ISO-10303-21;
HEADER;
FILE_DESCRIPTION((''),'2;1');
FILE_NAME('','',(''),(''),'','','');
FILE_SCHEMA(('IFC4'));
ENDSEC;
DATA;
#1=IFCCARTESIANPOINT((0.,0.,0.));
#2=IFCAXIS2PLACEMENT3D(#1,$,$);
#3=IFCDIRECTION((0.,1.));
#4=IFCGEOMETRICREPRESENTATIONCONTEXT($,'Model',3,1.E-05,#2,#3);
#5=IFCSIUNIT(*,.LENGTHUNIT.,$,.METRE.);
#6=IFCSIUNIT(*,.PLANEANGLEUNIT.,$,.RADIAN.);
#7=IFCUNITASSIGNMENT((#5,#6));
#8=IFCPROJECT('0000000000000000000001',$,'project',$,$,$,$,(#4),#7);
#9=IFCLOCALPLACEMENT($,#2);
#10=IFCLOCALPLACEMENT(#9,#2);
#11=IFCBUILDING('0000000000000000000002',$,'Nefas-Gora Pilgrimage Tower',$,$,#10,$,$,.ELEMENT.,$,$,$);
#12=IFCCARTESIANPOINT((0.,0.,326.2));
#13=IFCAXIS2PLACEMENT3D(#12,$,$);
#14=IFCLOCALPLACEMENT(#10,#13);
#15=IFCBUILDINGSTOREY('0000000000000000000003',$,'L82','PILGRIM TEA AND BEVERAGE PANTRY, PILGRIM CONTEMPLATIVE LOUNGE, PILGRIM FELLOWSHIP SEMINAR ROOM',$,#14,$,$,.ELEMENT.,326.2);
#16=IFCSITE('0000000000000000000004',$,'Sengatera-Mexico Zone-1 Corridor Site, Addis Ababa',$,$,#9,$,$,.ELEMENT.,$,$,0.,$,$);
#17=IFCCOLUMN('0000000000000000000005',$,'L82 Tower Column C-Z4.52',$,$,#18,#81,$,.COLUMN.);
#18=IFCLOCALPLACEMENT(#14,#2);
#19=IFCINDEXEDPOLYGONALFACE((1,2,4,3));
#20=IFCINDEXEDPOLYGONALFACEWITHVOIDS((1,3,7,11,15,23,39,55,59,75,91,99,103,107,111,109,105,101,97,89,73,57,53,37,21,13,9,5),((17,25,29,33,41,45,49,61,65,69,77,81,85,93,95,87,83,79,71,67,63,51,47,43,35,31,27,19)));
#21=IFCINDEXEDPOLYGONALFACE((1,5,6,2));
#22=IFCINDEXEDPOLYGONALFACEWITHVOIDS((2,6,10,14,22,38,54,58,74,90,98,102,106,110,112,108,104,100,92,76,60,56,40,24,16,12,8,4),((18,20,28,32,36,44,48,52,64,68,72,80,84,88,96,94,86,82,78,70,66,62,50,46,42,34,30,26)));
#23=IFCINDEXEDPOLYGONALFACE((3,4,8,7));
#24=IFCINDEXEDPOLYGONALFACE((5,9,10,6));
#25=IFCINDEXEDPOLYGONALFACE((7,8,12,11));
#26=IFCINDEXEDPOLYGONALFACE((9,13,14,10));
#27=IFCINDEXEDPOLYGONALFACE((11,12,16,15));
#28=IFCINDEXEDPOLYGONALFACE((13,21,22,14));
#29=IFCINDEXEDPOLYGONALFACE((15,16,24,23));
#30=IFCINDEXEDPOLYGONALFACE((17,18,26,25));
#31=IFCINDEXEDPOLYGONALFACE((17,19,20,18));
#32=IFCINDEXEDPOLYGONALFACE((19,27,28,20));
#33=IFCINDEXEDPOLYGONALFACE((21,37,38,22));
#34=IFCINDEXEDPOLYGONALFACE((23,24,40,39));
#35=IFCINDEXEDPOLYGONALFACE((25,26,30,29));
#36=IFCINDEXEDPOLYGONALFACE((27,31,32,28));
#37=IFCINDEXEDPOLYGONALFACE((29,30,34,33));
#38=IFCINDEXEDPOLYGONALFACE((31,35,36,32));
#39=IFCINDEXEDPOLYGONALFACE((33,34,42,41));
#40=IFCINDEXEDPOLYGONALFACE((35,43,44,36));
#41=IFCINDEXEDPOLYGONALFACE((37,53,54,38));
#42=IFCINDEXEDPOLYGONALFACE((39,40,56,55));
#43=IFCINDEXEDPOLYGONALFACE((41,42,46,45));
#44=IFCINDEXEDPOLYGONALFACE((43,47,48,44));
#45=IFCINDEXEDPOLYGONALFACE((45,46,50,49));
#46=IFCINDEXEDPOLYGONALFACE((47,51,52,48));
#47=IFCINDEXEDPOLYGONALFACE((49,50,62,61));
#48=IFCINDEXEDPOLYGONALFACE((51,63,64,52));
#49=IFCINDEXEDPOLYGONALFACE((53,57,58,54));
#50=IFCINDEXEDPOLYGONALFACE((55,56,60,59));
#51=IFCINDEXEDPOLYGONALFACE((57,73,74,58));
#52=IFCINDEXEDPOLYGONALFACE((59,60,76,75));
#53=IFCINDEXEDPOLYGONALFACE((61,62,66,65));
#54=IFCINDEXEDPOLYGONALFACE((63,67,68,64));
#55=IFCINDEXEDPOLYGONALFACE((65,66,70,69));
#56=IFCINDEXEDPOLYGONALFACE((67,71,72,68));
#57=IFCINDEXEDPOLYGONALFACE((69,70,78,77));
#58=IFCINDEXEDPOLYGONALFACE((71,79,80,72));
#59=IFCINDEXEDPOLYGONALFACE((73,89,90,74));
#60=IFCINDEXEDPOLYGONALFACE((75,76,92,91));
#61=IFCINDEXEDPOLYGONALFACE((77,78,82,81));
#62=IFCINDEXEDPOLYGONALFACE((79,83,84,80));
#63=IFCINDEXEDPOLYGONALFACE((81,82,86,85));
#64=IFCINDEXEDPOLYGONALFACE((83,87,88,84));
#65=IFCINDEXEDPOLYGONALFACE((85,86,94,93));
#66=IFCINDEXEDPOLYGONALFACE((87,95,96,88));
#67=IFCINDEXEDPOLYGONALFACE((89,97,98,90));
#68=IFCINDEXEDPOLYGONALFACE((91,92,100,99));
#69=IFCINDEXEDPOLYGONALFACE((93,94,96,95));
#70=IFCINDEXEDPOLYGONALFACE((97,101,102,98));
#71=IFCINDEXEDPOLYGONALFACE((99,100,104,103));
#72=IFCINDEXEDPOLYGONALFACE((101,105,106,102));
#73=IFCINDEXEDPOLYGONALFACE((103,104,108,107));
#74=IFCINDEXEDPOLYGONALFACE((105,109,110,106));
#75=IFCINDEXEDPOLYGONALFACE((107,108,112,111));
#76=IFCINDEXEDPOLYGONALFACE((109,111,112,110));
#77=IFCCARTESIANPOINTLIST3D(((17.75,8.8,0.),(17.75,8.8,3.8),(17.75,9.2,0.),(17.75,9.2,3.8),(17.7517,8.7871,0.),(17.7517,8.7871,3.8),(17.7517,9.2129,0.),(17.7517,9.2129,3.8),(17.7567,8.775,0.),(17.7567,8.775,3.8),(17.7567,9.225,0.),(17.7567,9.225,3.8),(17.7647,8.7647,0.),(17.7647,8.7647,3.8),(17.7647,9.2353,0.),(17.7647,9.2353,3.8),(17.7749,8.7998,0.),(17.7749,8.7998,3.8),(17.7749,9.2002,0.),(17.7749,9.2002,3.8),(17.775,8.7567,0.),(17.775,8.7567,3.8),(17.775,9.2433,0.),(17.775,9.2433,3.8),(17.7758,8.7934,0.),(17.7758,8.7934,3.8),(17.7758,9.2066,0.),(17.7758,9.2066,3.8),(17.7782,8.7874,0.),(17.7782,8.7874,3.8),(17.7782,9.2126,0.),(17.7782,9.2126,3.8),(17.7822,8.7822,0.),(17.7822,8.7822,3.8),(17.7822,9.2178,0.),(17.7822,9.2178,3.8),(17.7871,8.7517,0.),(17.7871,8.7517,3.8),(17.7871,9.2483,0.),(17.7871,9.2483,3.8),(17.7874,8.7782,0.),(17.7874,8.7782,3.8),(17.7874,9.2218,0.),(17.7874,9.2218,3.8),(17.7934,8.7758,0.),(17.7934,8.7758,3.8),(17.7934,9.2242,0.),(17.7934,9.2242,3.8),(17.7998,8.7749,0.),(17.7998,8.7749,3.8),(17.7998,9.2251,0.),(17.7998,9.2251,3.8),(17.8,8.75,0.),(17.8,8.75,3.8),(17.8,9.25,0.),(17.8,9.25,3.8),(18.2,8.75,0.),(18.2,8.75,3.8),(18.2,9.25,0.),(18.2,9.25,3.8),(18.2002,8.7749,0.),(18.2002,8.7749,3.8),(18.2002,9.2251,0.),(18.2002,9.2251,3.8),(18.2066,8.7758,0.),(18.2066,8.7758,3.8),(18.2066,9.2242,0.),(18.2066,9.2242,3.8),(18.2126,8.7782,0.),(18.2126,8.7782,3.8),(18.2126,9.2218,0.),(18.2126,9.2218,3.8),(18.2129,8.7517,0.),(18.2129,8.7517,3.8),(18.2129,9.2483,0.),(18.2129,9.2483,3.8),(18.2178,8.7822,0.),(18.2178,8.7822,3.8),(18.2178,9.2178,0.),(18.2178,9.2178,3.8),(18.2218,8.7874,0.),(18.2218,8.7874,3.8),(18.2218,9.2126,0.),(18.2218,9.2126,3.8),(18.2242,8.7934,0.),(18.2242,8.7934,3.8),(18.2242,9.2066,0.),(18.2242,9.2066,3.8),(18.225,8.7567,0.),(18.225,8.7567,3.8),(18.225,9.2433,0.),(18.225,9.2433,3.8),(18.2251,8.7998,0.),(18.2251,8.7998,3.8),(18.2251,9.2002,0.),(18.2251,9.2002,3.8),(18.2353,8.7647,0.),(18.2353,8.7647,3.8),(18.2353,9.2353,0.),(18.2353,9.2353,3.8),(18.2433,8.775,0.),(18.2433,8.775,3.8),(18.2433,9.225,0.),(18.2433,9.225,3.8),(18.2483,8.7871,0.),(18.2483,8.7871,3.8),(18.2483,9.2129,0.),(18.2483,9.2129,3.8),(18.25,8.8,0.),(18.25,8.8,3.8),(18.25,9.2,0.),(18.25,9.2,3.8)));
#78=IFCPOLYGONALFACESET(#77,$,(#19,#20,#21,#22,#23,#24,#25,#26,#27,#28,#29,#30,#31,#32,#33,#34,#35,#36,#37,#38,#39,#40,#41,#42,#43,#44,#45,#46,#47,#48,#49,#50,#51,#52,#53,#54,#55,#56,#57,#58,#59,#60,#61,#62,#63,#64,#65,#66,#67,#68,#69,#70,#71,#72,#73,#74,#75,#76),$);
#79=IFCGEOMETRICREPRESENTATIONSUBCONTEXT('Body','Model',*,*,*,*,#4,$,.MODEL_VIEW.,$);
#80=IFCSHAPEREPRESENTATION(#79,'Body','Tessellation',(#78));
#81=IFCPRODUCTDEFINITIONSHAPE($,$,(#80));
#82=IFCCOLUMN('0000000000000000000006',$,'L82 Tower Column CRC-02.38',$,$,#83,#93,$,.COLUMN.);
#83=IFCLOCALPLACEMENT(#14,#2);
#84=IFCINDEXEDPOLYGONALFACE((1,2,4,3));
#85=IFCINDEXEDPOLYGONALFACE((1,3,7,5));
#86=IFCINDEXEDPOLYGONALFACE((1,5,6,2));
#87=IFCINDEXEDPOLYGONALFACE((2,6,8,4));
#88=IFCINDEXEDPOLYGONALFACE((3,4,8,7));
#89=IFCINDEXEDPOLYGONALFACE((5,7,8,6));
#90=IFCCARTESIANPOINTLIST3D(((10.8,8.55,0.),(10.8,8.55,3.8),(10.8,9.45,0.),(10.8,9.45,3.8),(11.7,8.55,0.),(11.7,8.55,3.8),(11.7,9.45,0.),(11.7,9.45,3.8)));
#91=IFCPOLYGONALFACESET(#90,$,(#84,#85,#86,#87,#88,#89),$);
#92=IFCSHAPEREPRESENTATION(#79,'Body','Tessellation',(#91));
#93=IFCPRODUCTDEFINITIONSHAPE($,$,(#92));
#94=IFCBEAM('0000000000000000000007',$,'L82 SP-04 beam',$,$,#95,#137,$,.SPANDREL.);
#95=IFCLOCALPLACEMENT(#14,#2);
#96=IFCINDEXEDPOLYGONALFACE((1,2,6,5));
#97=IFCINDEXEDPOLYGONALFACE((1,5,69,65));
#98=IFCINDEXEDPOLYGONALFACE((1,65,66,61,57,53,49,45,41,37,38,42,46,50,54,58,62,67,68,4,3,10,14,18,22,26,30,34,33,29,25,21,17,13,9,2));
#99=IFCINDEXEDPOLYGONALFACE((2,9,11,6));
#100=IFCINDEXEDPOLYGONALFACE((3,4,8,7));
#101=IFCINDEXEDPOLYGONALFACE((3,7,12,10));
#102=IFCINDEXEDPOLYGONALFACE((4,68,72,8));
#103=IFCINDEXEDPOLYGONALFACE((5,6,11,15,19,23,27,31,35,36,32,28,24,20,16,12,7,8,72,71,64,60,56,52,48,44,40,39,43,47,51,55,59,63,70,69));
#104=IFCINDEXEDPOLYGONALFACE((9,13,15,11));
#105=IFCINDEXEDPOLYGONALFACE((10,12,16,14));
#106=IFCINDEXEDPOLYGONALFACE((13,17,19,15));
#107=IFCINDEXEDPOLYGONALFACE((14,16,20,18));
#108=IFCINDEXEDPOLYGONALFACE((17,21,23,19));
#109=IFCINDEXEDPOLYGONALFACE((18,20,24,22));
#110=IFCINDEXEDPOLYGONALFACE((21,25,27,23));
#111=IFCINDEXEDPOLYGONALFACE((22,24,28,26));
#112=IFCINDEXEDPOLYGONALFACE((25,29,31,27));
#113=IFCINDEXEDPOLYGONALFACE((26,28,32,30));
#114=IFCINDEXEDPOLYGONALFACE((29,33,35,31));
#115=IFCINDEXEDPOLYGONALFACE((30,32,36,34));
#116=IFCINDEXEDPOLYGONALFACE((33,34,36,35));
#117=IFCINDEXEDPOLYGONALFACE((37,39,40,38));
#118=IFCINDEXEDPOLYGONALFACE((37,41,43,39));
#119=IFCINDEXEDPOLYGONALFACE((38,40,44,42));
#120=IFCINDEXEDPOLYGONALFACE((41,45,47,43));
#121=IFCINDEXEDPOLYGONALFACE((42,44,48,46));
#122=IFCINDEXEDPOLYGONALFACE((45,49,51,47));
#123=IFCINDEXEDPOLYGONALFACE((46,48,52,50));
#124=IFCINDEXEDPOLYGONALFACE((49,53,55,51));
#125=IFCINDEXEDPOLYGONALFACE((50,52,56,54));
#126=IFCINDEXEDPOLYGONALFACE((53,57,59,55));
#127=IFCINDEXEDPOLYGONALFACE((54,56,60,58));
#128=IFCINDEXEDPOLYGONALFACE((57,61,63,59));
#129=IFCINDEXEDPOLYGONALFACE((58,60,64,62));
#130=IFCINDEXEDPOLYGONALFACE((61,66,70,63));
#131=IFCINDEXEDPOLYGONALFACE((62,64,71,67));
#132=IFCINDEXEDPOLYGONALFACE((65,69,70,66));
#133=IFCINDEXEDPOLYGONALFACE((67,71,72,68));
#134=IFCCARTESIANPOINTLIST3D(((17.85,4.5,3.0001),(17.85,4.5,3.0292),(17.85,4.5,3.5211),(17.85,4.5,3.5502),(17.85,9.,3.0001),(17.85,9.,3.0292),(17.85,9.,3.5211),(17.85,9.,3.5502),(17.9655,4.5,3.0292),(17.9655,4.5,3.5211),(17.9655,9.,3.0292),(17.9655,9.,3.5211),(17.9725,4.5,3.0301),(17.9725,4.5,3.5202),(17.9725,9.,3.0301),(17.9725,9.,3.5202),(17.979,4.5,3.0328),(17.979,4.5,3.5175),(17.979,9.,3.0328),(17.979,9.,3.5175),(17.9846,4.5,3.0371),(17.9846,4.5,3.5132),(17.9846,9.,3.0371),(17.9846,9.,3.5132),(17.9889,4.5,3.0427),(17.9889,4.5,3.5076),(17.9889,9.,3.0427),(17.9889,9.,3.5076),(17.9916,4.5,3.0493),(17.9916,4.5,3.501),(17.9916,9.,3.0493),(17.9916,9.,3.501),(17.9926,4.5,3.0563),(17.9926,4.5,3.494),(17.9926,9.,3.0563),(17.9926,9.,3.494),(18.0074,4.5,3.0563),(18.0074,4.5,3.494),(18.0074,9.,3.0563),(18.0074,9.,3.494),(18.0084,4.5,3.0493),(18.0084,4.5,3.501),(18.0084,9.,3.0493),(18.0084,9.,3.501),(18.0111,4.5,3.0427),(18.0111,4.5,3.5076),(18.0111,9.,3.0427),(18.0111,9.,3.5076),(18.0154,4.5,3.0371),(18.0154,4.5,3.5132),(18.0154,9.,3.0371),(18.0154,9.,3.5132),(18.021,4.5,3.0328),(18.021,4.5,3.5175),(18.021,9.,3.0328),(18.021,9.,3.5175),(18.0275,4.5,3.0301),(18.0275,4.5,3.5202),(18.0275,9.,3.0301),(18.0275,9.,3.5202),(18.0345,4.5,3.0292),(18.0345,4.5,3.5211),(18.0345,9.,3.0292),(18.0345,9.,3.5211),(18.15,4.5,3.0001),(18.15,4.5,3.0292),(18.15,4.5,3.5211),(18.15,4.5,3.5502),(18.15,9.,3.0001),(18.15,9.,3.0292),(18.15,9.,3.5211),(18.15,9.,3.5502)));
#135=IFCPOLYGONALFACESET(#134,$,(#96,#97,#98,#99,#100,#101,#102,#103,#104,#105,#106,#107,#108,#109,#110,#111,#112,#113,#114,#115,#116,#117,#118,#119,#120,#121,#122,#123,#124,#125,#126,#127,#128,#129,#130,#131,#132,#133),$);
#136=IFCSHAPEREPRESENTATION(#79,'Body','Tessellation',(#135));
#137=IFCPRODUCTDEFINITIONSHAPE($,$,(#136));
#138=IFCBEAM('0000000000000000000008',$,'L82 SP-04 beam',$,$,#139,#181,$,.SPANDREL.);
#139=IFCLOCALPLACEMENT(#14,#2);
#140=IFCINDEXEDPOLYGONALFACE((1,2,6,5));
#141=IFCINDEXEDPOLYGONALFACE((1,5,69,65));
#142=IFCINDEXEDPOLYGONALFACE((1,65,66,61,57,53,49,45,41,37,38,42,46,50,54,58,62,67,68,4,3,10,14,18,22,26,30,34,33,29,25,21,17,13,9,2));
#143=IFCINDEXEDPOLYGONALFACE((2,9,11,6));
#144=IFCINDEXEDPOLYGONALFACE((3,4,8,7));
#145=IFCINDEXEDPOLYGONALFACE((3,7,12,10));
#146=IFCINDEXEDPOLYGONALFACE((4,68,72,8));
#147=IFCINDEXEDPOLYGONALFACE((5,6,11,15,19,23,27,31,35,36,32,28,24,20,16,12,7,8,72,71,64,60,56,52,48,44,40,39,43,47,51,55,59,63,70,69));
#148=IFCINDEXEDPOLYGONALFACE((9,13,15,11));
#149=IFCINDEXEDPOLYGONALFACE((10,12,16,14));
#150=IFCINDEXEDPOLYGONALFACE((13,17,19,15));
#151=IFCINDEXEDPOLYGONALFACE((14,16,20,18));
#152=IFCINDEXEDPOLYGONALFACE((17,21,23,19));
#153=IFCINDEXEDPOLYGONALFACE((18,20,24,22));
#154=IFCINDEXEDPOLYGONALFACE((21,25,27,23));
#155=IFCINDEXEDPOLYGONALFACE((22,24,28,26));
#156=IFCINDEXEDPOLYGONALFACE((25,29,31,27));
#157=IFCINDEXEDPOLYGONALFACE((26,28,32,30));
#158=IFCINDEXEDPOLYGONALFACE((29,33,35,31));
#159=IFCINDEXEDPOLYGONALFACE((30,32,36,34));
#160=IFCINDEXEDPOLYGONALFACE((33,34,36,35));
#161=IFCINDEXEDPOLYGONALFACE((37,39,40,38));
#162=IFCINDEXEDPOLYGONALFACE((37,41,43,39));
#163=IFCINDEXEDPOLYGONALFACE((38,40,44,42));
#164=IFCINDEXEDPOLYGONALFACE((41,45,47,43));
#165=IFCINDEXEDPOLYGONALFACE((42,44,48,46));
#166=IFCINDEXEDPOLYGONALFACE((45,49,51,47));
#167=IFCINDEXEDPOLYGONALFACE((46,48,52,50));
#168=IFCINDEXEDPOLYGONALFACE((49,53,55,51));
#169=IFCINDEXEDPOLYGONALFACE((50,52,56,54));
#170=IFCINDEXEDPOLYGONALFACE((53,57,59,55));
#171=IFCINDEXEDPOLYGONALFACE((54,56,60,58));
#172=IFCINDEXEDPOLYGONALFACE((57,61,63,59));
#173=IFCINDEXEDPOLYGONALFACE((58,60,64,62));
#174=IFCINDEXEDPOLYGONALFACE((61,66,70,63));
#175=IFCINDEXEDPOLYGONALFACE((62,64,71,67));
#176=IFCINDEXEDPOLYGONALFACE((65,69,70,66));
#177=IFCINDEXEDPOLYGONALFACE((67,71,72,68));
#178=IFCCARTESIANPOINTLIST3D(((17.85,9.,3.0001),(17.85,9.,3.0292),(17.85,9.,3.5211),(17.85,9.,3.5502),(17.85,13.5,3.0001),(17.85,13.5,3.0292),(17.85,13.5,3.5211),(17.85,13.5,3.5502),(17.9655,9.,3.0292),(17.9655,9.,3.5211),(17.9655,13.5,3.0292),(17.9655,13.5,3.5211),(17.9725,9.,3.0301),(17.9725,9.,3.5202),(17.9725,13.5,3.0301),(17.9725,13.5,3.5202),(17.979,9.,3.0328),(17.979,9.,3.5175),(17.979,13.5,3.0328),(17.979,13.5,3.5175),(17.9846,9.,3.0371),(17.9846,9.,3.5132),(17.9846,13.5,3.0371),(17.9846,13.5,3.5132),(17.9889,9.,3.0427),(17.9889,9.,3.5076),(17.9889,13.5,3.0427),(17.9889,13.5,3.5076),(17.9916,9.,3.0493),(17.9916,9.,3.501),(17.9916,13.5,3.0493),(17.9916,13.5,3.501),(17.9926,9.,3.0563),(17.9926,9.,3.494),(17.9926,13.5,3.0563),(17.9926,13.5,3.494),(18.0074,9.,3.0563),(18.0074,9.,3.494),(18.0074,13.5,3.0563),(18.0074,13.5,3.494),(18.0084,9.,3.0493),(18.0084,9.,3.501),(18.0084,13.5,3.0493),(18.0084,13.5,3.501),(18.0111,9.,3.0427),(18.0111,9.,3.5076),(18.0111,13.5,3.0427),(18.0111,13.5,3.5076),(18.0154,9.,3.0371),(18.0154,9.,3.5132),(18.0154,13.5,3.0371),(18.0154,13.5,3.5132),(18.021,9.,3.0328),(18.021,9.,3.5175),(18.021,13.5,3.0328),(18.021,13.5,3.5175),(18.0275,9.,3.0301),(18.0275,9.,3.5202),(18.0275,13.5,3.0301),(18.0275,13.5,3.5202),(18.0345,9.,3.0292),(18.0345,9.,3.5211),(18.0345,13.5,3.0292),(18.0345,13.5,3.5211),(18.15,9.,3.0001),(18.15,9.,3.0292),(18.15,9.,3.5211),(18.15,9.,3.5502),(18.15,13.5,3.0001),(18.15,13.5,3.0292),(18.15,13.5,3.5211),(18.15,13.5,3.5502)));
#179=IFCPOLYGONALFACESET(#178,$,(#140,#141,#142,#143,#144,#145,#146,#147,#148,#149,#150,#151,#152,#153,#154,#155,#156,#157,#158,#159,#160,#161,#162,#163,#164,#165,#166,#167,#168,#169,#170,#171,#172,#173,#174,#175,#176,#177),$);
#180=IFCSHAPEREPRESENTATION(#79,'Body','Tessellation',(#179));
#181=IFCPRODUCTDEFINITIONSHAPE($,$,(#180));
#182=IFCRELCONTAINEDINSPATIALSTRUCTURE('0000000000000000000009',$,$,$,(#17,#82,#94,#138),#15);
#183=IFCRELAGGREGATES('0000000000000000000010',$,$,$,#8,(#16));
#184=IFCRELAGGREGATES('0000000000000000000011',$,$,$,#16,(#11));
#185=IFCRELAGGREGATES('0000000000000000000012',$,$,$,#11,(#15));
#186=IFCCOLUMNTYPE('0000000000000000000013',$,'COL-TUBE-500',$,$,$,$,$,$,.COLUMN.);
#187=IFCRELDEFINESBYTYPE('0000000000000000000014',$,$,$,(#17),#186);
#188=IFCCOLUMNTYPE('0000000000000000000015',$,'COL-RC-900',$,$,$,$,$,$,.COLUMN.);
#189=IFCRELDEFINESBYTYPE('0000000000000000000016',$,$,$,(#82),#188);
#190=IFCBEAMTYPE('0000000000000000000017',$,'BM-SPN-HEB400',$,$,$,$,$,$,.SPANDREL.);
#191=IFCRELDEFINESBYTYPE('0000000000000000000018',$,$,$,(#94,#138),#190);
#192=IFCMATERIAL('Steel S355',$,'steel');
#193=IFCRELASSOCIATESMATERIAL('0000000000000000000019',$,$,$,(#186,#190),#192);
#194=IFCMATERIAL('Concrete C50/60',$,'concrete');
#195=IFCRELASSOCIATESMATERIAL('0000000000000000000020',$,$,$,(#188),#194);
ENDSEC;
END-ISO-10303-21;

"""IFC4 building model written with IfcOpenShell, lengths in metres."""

from ifc_helpers import new_model, si_unit, direction, frame, origin, origin_2d, place, context, subcontext, project, spatial, rectangle, hollow_rectangle, i_section, extrude, source, transform, mapped, material, material_profile, profile_set, type_object, element, save


model = new_model("IFC4")

# Units and contexts
model_context = context("Model", 3, precision=1e-05, world=origin(), true_north=direction((0.0, 1.0)))
body_context = subcontext(model_context, "Body", "Model", "MODEL_VIEW")
ifc_project = project(units=[si_unit("LENGTHUNIT", "METRE"), si_unit("PLANEANGLEUNIT", "RADIAN")], contexts=[model_context])

# Site, building, storey
site_placement = place(None, origin())
site = spatial("IfcSite", under=ifc_project, at=site_placement, Name="Sengatera-Mexico Zone-1 Corridor Site, Addis Ababa", CompositionType="ELEMENT", RefElevation=0.0)
building_placement = place(site_placement, origin())
building = spatial("IfcBuilding", under=site, at=building_placement, Name="Nefas-Gora Pilgrimage Tower", CompositionType="ELEMENT")
storey_placement = place(building_placement, frame((0.0, 0.0, 326.2)))
storey = spatial("IfcBuildingStorey", under=building, at=storey_placement, Name="L82", Description="PILGRIM TEA AND BEVERAGE PANTRY, PILGRIM CONTEMPLATIVE LOUNGE, PILGRIM FELLOWSHIP SEMINAR ROOM", CompositionType="ELEMENT", Elevation=326.2)

# Columns
ifc_material_1 = material(Name="Steel S355", Category="steel")
ifc_material_profile_1 = material_profile(ifc_material_1, hollow_rectangle(XDim=0.5, YDim=0.5, WallThickness=0.0249, InnerFilletRadius=0.0249, OuterFilletRadius=0.05, at=origin_2d()), Name="SHS 500x500x25")
ifc_profile_set_1 = profile_set([ifc_material_profile_1], Name="Steel S355")
column_type_1 = type_object("IfcColumnType", Name="COL-TUBE-500", PredefinedType="COLUMN", material=ifc_profile_set_1)
shared_shape_1 = source(origin(), body_context, "Body", "SweptSolid", [
    extrude(hollow_rectangle(XDim=0.5, YDim=0.5, WallThickness=0.0249, InnerFilletRadius=0.0249, OuterFilletRadius=0.05, at=origin_2d()), origin(), (0.0, 0.0, 1.0), 3.8),
])
for number, where, z_axis, x_axis, name in (
    (1, (18.0, 9.0, 0.0), (0.0, 0.0, 1.0), (1.0, 0.0, 0.0), "L82 Tower Column C-Z4.52"),
):
    element("IfcColumn", number, at=place(storey_placement, frame(where, z_axis=z_axis, x_axis=x_axis)), inside=storey, type_object=column_type_1, Name=name, PredefinedType="COLUMN", context=body_context, shape_type="MappedRepresentation", body=[
        mapped(shared_shape_1, transform((0.0, 0.0, 0.0), x_axis=(1.0, 0.0, 0.0), y_axis=(0.0, 1.0, 0.0), z_axis=(0.0, 0.0, 1.0), scale=1.0)),
    ])
ifc_material_2 = material(Name="Concrete C50/60", Category="concrete")
ifc_material_profile_2 = material_profile(ifc_material_2, rectangle(XDim=0.8999, YDim=0.8999, at=origin_2d()), Name="RC 900x900")
ifc_profile_set_2 = profile_set([ifc_material_profile_2], Name="Concrete C50/60")
column_type_2 = type_object("IfcColumnType", Name="COL-RC-900", PredefinedType="COLUMN", material=ifc_profile_set_2)
shared_shape_2 = source(origin(), body_context, "Body", "SweptSolid", [
    extrude(rectangle(XDim=0.8999, YDim=0.8999, at=origin_2d()), origin(), (0.0, 0.0, 1.0), 3.8),
])
column_placement = place(storey_placement, frame((11.25, 9.0, 0.0), z_axis=(0.0, 0.0, 1.0), x_axis=(1.0, 0.0, 0.0)))
element("IfcColumn", 2, at=column_placement, inside=storey, type_object=column_type_2, Name="L82 Tower Column CRC-02.38", PredefinedType="COLUMN", context=body_context, shape_type="MappedRepresentation", body=[
    mapped(shared_shape_2, transform((0.0, 0.0, 0.0), x_axis=(1.0, 0.0, 0.0), y_axis=(0.0, 1.0, 0.0), z_axis=(0.0, 0.0, 1.0), scale=1.0)),
])

# Beams
ifc_material_profile_3 = material_profile(ifc_material_1, i_section(OverallWidth=0.3, OverallDepth=0.55, WebThickness=0.0149, FlangeThickness=0.0291, FilletRadius=0.0271, at=origin_2d()), Name="HEB 550")
ifc_profile_set_3 = profile_set([ifc_material_profile_3], Name="Steel S355")
beam_type_1 = type_object("IfcBeamType", Name="BM-SPN-HEB400", PredefinedType="SPANDREL", material=ifc_profile_set_3)
shared_shape_3 = source(origin(), body_context, "Body", "SweptSolid", [
    extrude(i_section(OverallWidth=0.3, OverallDepth=0.55, WebThickness=0.0149, FlangeThickness=0.0291, FilletRadius=0.0271, at=origin_2d()), origin(), (0.0, 0.0, 1.0), 4.5),
])
for number, where, z_axis, x_axis, name in (
    (3, (18.0, 4.5, 3.2751), (0.0, 1.0, 0.0), (-1.0, 0.0, 0.0), "L82 SP-04 beam"),
    (4, (18.0, 9.0, 3.2751), (0.0, 1.0, 0.0), (-1.0, 0.0, 0.0), "L82 SP-04 beam"),
):
    element("IfcBeam", number, at=place(storey_placement, frame(where, z_axis=z_axis, x_axis=x_axis)), inside=storey, type_object=beam_type_1, Name=name, PredefinedType="SPANDREL", context=body_context, shape_type="MappedRepresentation", body=[
        mapped(shared_shape_3, transform((0.0, 0.0, 0.0), x_axis=(1.0, 0.0, 0.0), y_axis=(0.0, 1.0, 0.0), z_axis=(0.0, 0.0, 1.0), scale=1.0)),
    ])

save(model, "model.ifc")
